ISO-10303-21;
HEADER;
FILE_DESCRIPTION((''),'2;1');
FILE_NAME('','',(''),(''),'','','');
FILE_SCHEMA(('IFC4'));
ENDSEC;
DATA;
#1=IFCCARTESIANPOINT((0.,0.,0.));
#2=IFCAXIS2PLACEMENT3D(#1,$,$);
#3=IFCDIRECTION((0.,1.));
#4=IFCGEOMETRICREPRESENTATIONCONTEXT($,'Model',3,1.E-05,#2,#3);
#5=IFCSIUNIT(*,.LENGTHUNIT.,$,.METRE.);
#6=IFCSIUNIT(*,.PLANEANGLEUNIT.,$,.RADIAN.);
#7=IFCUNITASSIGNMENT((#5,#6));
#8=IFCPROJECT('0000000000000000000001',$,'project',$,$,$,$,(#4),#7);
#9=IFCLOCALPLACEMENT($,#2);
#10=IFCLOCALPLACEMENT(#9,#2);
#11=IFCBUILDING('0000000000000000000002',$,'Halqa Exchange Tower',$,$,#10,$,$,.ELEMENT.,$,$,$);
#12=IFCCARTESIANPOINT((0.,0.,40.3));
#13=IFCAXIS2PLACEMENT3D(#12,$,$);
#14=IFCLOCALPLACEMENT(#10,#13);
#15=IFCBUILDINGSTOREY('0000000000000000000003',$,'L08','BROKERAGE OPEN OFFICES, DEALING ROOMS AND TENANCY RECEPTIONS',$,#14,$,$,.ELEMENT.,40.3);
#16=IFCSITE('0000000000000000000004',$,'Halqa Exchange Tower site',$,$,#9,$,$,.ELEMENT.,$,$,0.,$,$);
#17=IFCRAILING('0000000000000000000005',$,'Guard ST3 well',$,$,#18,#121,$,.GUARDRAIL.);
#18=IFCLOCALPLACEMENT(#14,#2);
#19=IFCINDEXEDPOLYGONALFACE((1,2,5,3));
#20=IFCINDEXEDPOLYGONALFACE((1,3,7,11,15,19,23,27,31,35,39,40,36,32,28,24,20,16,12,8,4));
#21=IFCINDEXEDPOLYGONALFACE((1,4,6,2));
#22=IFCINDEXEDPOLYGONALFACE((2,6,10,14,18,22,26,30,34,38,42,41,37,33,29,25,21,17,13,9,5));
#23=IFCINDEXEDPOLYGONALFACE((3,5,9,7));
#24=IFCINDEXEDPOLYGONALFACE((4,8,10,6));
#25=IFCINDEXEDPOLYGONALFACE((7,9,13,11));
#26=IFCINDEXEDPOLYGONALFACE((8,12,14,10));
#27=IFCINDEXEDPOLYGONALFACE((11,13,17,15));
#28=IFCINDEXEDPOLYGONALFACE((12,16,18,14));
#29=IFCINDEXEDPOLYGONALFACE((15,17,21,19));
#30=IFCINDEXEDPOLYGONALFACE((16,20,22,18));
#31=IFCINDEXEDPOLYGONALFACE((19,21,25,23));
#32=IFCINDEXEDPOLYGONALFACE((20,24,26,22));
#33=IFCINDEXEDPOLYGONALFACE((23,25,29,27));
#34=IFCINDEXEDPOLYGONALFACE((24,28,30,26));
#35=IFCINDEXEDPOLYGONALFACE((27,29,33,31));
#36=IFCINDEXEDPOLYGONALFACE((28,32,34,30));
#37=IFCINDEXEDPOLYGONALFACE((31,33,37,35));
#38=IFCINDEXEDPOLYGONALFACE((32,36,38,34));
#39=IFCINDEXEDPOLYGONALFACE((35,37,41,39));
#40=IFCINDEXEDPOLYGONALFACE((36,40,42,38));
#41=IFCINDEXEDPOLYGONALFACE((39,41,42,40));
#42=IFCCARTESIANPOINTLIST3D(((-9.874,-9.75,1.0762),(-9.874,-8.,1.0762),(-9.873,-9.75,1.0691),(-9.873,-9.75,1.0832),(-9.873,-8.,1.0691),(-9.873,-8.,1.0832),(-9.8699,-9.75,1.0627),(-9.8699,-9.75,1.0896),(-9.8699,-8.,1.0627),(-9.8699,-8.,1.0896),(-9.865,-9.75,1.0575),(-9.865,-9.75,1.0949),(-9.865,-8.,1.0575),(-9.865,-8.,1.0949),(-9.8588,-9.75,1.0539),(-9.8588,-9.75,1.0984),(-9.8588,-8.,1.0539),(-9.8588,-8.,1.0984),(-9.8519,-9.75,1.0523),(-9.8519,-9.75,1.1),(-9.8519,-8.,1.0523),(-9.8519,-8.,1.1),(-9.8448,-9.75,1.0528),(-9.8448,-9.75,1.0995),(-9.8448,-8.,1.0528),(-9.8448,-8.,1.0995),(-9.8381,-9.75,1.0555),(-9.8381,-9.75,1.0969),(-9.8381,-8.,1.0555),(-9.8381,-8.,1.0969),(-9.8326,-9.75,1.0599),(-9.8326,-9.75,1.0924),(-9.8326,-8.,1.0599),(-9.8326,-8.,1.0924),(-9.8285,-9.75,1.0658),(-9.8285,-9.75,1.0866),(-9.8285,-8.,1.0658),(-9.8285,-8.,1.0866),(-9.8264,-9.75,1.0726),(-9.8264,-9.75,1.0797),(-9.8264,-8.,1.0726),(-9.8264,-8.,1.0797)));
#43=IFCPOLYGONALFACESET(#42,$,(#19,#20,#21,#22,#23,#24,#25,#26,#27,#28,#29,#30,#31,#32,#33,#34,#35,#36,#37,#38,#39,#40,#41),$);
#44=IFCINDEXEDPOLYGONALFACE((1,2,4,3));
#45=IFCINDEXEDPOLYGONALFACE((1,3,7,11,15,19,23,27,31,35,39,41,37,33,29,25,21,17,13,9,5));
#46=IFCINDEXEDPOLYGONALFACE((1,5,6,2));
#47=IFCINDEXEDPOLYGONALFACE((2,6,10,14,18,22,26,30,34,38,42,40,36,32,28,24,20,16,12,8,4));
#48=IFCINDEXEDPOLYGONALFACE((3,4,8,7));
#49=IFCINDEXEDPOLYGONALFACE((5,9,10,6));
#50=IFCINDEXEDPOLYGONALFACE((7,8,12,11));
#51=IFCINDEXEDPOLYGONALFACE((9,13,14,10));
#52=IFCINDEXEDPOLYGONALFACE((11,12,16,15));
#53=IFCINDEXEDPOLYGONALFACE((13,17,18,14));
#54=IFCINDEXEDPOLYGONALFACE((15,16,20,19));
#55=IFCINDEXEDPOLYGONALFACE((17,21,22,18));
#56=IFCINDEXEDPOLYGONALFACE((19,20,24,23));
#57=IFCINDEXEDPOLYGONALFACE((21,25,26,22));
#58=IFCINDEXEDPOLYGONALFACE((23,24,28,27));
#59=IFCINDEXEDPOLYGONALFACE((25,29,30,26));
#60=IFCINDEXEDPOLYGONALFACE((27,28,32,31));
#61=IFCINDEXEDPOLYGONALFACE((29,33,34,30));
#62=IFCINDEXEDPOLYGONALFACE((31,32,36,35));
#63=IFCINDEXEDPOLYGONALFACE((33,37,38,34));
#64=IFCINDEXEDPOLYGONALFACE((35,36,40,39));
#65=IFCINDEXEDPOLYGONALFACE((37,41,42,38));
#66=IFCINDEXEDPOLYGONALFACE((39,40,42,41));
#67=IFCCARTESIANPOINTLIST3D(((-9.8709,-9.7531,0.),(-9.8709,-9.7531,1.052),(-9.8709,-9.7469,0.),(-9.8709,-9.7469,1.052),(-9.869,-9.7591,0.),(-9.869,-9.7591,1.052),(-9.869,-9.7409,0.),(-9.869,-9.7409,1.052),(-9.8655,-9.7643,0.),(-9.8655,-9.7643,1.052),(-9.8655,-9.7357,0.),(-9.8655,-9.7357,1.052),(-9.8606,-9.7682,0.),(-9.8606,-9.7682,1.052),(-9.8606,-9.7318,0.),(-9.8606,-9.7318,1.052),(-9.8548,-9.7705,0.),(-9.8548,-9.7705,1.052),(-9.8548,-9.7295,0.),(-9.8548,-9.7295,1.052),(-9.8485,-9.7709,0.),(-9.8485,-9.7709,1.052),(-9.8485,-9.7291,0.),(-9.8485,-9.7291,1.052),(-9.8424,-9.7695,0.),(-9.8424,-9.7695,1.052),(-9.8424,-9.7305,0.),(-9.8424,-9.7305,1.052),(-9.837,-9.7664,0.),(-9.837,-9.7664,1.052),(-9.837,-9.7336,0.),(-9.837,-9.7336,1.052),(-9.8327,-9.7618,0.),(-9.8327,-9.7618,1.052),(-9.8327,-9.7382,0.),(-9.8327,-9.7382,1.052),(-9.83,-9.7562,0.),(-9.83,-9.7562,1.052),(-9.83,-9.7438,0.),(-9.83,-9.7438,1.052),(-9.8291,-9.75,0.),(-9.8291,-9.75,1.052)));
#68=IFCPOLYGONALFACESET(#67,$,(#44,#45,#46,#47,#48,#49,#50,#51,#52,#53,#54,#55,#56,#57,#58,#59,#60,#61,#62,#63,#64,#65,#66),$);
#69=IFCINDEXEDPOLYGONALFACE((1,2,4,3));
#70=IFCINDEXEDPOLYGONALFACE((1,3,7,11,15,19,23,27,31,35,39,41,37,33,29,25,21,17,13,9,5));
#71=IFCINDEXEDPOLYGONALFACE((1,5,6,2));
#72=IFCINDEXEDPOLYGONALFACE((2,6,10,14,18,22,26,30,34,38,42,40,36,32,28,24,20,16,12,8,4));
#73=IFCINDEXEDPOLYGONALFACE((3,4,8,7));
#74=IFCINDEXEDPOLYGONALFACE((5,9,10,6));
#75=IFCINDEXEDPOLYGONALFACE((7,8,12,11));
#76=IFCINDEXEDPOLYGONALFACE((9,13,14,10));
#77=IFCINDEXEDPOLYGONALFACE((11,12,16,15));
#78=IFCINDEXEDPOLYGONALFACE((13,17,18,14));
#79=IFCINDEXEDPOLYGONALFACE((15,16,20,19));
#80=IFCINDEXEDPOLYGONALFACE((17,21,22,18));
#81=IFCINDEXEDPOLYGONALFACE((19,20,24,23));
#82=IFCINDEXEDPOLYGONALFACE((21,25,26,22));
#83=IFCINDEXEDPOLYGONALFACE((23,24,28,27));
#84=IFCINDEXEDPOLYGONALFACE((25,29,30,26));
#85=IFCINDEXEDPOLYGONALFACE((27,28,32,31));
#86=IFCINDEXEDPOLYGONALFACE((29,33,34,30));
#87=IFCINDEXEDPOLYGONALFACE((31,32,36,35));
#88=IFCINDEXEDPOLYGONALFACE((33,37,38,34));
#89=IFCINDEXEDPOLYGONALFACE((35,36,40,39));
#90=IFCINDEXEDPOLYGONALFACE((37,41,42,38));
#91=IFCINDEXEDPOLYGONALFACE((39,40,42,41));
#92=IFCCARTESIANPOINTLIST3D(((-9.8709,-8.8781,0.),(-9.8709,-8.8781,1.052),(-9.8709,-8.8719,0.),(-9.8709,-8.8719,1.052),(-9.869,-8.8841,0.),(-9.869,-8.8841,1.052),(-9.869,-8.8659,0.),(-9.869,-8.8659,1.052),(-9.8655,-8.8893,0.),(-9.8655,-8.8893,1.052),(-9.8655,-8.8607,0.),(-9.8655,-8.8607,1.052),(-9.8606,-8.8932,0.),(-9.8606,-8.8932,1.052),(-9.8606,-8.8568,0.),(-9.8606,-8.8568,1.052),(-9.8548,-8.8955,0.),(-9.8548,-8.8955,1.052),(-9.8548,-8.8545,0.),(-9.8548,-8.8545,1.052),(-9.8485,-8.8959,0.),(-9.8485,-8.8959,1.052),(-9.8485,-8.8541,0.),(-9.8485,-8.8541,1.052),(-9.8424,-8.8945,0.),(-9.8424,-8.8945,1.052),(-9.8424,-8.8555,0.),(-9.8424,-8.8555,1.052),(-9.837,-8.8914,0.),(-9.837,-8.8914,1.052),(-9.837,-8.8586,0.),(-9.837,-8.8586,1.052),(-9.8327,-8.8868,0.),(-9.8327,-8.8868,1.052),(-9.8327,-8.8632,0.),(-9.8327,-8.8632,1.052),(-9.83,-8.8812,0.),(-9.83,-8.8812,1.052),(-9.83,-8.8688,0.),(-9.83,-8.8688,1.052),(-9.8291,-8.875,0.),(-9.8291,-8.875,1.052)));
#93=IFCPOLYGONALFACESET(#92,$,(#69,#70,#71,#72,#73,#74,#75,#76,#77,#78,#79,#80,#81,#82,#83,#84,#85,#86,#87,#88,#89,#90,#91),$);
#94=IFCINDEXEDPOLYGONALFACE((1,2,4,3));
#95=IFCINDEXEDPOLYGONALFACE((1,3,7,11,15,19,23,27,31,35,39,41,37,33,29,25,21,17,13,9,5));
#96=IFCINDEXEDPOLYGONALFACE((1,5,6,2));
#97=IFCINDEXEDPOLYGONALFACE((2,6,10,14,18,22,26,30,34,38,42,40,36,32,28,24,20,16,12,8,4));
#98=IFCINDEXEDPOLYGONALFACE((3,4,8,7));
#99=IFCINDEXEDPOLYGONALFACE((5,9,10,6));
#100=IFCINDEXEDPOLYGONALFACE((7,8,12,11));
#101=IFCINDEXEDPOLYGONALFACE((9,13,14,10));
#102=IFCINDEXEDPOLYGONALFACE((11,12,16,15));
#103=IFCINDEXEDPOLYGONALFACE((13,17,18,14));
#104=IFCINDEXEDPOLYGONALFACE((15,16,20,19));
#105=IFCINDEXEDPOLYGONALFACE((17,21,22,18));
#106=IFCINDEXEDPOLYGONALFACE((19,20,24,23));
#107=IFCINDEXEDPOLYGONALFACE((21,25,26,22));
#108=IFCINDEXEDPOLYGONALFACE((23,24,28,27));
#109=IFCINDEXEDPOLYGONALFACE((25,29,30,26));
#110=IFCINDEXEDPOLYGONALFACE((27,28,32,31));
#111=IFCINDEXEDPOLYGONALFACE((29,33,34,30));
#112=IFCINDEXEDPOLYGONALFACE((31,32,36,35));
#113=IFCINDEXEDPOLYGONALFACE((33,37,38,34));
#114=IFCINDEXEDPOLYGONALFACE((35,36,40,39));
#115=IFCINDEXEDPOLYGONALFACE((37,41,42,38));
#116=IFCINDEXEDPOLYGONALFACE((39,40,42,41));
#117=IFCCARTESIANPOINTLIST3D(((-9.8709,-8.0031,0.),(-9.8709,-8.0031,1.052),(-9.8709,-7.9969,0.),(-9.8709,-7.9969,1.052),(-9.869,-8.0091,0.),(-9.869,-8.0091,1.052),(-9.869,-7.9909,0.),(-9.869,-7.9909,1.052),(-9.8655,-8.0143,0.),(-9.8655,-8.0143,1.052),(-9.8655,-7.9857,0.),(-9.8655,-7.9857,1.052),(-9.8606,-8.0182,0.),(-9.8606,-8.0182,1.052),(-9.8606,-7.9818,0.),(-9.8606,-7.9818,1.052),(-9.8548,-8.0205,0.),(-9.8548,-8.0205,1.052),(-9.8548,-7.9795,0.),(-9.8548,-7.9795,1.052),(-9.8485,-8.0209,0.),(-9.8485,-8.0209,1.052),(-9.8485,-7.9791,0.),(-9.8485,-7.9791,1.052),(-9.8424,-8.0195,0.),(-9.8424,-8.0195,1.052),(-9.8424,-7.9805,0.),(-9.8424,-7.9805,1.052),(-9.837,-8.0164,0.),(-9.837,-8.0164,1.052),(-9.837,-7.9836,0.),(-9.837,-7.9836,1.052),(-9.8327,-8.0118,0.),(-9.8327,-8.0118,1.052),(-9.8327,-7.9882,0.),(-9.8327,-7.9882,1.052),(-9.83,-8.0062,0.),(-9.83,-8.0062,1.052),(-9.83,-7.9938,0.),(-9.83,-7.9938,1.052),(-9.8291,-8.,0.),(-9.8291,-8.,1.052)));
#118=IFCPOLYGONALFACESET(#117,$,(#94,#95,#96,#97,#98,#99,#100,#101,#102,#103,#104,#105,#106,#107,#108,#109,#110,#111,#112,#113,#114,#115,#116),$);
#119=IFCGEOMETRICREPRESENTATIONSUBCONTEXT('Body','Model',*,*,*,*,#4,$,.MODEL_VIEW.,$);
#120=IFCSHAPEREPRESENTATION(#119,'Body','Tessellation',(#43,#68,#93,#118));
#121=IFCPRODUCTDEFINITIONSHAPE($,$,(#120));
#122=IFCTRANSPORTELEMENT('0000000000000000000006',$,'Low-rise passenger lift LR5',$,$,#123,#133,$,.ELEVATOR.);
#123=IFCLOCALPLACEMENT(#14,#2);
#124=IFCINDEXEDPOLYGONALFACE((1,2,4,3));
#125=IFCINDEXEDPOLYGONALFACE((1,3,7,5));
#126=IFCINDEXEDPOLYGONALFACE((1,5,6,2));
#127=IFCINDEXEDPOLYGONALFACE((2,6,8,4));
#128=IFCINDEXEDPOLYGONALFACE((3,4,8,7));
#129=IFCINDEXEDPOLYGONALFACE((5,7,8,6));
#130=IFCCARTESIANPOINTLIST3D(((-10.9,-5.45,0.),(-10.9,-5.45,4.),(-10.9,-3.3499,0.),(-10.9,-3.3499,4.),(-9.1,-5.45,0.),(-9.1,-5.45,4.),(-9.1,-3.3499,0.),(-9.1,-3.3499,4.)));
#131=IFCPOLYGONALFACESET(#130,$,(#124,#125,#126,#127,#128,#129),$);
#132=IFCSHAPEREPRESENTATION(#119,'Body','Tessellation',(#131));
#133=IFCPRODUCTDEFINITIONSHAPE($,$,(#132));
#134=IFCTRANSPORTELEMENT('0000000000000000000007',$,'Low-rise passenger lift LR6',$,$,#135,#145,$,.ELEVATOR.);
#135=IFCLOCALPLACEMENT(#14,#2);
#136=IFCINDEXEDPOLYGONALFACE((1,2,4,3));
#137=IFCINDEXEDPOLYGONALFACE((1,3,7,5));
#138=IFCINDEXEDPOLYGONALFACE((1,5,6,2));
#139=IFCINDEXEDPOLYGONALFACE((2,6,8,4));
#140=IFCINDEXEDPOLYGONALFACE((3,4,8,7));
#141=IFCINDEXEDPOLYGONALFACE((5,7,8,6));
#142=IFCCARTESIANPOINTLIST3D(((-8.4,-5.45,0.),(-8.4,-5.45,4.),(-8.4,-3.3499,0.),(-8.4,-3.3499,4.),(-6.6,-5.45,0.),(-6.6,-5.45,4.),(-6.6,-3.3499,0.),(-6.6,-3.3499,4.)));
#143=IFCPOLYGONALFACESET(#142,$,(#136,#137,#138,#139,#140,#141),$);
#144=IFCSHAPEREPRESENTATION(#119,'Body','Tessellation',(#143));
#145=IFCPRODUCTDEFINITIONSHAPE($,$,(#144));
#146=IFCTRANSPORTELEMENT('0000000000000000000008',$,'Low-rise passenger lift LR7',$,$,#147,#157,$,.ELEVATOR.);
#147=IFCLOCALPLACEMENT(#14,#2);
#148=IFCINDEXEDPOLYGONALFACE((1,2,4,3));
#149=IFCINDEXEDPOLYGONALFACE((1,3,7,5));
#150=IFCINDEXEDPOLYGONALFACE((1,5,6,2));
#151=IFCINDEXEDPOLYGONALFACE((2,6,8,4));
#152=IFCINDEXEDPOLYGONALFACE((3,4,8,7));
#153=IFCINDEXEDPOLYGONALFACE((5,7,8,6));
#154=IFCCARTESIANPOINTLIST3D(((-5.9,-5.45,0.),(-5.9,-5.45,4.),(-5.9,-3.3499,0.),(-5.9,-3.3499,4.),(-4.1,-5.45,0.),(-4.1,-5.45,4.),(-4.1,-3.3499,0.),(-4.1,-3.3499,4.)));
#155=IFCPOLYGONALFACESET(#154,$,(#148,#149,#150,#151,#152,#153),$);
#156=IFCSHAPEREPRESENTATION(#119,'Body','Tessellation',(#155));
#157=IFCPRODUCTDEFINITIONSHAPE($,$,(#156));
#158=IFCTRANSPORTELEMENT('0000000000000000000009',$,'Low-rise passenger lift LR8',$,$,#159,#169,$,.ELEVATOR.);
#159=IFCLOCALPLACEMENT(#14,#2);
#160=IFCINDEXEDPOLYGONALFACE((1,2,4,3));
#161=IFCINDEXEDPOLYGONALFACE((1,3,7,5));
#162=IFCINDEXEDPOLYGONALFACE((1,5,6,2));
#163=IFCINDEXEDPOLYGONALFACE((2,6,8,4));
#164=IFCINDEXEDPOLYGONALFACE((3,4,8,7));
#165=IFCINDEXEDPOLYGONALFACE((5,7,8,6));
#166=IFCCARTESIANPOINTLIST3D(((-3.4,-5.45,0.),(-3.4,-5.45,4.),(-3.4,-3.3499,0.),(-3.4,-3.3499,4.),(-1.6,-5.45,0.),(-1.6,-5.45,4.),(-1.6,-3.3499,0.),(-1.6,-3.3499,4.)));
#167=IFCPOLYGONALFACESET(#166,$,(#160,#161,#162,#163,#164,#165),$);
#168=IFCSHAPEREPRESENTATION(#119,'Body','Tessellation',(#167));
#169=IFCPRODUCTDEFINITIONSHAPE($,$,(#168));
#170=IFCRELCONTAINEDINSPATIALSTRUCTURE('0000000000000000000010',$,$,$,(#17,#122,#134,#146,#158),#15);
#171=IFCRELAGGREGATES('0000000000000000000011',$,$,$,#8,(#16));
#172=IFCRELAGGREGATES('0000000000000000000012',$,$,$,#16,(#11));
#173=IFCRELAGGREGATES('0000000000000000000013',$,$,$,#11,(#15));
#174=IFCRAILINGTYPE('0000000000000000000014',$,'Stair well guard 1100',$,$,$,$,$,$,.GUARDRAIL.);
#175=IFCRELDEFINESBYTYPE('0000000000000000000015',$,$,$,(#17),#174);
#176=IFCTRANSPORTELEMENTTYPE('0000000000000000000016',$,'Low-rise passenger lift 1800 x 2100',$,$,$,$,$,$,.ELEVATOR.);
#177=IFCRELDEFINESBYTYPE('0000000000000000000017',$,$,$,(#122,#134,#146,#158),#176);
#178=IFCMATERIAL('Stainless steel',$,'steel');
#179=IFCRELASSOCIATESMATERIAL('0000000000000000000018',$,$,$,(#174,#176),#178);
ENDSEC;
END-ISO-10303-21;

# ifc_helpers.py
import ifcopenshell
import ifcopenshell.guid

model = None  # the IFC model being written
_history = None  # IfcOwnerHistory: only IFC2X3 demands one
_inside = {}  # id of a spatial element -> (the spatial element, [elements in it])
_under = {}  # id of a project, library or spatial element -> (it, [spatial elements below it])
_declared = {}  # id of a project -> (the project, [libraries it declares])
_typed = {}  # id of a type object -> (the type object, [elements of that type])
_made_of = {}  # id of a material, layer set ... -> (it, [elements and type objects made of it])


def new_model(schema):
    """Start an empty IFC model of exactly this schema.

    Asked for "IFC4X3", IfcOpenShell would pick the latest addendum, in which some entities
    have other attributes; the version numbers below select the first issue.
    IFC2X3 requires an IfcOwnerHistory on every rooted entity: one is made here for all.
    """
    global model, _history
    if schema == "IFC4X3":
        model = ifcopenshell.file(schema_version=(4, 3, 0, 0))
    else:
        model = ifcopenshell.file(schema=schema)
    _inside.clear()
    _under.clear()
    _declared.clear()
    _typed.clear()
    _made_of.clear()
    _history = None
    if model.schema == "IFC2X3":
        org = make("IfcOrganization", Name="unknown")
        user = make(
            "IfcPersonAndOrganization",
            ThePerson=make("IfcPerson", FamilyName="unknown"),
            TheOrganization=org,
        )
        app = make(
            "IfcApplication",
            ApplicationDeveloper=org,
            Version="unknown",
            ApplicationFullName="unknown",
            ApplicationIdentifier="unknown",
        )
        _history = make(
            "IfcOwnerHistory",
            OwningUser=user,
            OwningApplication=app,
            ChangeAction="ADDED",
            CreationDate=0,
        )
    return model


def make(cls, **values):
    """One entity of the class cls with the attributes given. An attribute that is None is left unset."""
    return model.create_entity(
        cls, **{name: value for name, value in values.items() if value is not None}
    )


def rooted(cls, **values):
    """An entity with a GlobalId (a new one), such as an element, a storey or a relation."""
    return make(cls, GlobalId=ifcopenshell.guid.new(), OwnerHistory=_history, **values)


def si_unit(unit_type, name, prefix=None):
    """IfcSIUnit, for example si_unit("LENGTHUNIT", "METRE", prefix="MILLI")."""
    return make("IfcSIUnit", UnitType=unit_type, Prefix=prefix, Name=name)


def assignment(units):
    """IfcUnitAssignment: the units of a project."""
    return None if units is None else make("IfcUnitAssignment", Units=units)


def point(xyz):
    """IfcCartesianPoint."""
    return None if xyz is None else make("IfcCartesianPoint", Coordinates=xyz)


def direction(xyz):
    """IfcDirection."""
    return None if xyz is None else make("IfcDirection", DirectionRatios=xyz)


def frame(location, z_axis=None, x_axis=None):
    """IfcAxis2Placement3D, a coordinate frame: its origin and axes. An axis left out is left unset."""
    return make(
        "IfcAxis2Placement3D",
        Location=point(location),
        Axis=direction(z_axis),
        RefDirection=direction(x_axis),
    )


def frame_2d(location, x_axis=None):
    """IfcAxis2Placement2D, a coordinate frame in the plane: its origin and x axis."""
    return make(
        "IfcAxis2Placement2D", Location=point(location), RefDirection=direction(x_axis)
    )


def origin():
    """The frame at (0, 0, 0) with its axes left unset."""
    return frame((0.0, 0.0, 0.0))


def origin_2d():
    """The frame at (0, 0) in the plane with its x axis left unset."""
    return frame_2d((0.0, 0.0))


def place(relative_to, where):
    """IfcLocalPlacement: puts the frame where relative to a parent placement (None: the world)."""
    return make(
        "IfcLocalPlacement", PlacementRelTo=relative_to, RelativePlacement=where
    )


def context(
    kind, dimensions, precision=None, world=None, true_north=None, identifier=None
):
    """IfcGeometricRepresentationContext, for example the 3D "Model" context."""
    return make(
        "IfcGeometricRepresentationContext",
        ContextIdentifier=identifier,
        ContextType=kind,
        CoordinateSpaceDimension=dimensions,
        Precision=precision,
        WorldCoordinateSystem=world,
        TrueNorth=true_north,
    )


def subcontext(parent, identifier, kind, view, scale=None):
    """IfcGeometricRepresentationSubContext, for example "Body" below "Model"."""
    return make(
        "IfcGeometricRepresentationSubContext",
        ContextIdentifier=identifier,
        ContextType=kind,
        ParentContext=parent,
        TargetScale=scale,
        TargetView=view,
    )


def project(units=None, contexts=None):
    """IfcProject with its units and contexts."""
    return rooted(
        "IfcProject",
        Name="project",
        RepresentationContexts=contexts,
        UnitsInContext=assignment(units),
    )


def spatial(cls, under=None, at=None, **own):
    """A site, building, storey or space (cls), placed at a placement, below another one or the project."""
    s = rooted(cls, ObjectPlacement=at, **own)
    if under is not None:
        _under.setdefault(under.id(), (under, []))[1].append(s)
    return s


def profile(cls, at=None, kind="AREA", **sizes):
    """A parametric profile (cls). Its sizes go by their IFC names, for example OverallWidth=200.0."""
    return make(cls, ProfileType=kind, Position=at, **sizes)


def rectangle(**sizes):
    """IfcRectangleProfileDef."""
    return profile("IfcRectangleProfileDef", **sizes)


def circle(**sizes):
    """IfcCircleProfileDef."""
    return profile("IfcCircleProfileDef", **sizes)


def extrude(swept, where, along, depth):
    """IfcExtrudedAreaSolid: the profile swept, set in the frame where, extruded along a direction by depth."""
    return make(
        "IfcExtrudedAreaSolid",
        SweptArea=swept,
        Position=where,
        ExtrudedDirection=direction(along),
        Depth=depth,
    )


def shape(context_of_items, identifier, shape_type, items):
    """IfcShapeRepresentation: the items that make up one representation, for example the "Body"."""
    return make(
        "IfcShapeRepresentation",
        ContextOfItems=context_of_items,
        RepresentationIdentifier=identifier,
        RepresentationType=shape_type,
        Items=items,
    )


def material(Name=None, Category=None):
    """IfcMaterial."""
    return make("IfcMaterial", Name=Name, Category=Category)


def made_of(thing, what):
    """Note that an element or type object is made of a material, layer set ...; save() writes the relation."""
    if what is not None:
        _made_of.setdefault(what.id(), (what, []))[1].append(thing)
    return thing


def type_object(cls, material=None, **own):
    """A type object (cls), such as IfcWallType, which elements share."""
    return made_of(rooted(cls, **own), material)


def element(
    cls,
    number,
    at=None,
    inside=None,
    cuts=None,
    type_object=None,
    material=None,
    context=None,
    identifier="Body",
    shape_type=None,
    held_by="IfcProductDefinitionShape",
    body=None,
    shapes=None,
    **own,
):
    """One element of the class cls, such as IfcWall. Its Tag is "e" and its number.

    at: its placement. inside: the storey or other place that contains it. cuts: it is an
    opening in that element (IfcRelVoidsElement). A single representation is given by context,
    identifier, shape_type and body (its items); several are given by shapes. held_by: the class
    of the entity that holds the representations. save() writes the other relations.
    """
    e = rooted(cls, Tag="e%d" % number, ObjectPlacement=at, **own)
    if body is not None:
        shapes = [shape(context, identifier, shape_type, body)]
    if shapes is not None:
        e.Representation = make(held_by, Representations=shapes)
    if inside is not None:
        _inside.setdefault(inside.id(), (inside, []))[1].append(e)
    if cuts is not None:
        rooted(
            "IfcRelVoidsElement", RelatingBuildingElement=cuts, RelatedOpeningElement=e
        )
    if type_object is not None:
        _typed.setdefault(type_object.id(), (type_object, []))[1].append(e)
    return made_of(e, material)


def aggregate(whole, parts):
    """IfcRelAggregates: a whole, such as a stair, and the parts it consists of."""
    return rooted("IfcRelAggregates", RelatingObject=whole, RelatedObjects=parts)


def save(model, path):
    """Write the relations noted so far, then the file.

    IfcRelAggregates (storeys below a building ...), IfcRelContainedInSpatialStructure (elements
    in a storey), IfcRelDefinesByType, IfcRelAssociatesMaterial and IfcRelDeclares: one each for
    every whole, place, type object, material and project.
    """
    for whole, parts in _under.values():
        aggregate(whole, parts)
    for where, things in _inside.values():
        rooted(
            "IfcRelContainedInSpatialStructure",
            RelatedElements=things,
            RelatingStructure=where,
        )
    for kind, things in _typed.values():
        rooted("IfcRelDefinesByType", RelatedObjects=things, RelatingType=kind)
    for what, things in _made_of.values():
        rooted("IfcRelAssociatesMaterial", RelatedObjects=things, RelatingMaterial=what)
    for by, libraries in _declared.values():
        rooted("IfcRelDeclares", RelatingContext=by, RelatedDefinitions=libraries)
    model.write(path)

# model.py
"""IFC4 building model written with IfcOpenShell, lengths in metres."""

from ifc_helpers import new_model, si_unit, direction, frame, origin, origin_2d, place, context, subcontext, project, spatial, rectangle, circle, extrude, material, type_object, element, save


model = new_model("IFC4")

# Units and contexts
model_context = context("Model", 3, precision=1e-05, world=origin(), true_north=direction((0.0, 1.0)))
body_context = subcontext(model_context, "Body", "Model", "MODEL_VIEW")
ifc_project = project(units=[si_unit("LENGTHUNIT", "METRE"), si_unit("PLANEANGLEUNIT", "RADIAN")], contexts=[model_context])

# Site, building, storey
site_placement = place(None, origin())
site = spatial("IfcSite", under=ifc_project, at=site_placement, Name="Halqa Exchange Tower site", CompositionType="ELEMENT", RefElevation=0.0)
building_placement = place(site_placement, origin())
building = spatial("IfcBuilding", under=site, at=building_placement, Name="Halqa Exchange Tower", CompositionType="ELEMENT")
storey_placement = place(building_placement, frame((0.0, 0.0, 40.3)))
storey = spatial("IfcBuildingStorey", under=building, at=storey_placement, Name="L08", Description="BROKERAGE OPEN OFFICES, DEALING ROOMS AND TENANCY RECEPTIONS", CompositionType="ELEMENT", Elevation=40.3)

# Shared definitions
ifc_material_1 = material(Name="Stainless steel", Category="steel")

# Railing
railing_type_1 = type_object("IfcRailingType", Name="Stair well guard 1100", PredefinedType="GUARDRAIL", material=ifc_material_1)
railing_1_placement = place(storey_placement, frame((-9.8501, -9.75, 0.0)))
element("IfcRailing", 1, at=railing_1_placement, inside=storey, type_object=railing_type_1, Name="Guard ST3 well", PredefinedType="GUARDRAIL", context=body_context, shape_type="SweptSolid", body=[
    extrude(circle(Radius=0.0239, at=origin_2d()), frame((0.0, 0.0, 1.0762), z_axis=(0.0, 1.0, 0.0), x_axis=(-1.0, 0.0, 0.0)), (0.0, 0.0, 1.0), 1.75),
    extrude(circle(Radius=0.021, at=origin_2d()), origin(), (0.0, 0.0, 1.0), 1.052),
    extrude(circle(Radius=0.021, at=origin_2d()), frame((0.0, 0.875, 0.0)), (0.0, 0.0, 1.0), 1.052),
    extrude(circle(Radius=0.021, at=origin_2d()), frame((0.0, 1.75, 0.0)), (0.0, 0.0, 1.0), 1.052),
])

# Transport elements
transport_element_type = type_object("IfcTransportElementType", Name="Low-rise passenger lift 1800 x 2100", PredefinedType="ELEVATOR", material=ifc_material_1)
for number, where, z_axis, x_axis, name in (
    (2, (-10.0, -4.3999, 0.0), (0.0, 0.0, 1.0), (1.0, 0.0, 0.0), "Low-rise passenger lift LR5"),
    (3, (-7.5, -4.3999, 0.0), (0.0, 0.0, 1.0), (1.0, 0.0, 0.0), "Low-rise passenger lift LR6"),
    (4, (-5.0, -4.3999, 0.0), (0.0, 0.0, 1.0), (1.0, 0.0, 0.0), "Low-rise passenger lift LR7"),
    (5, (-2.5, -4.3999, 0.0), (0.0, 0.0, 1.0), (1.0, 0.0, 0.0), "Low-rise passenger lift LR8"),
):
    element("IfcTransportElement", number, at=place(storey_placement, frame(where, z_axis=z_axis, x_axis=x_axis)), inside=storey, type_object=transport_element_type, Name=name, PredefinedType="ELEVATOR", context=body_context, shape_type="SweptSolid", body=[
        extrude(rectangle(XDim=1.8, YDim=2.1001, at=origin_2d()), origin(), (0.0, 0.0, 1.0), 4.0),
    ])

save(model, "model.ifc")
